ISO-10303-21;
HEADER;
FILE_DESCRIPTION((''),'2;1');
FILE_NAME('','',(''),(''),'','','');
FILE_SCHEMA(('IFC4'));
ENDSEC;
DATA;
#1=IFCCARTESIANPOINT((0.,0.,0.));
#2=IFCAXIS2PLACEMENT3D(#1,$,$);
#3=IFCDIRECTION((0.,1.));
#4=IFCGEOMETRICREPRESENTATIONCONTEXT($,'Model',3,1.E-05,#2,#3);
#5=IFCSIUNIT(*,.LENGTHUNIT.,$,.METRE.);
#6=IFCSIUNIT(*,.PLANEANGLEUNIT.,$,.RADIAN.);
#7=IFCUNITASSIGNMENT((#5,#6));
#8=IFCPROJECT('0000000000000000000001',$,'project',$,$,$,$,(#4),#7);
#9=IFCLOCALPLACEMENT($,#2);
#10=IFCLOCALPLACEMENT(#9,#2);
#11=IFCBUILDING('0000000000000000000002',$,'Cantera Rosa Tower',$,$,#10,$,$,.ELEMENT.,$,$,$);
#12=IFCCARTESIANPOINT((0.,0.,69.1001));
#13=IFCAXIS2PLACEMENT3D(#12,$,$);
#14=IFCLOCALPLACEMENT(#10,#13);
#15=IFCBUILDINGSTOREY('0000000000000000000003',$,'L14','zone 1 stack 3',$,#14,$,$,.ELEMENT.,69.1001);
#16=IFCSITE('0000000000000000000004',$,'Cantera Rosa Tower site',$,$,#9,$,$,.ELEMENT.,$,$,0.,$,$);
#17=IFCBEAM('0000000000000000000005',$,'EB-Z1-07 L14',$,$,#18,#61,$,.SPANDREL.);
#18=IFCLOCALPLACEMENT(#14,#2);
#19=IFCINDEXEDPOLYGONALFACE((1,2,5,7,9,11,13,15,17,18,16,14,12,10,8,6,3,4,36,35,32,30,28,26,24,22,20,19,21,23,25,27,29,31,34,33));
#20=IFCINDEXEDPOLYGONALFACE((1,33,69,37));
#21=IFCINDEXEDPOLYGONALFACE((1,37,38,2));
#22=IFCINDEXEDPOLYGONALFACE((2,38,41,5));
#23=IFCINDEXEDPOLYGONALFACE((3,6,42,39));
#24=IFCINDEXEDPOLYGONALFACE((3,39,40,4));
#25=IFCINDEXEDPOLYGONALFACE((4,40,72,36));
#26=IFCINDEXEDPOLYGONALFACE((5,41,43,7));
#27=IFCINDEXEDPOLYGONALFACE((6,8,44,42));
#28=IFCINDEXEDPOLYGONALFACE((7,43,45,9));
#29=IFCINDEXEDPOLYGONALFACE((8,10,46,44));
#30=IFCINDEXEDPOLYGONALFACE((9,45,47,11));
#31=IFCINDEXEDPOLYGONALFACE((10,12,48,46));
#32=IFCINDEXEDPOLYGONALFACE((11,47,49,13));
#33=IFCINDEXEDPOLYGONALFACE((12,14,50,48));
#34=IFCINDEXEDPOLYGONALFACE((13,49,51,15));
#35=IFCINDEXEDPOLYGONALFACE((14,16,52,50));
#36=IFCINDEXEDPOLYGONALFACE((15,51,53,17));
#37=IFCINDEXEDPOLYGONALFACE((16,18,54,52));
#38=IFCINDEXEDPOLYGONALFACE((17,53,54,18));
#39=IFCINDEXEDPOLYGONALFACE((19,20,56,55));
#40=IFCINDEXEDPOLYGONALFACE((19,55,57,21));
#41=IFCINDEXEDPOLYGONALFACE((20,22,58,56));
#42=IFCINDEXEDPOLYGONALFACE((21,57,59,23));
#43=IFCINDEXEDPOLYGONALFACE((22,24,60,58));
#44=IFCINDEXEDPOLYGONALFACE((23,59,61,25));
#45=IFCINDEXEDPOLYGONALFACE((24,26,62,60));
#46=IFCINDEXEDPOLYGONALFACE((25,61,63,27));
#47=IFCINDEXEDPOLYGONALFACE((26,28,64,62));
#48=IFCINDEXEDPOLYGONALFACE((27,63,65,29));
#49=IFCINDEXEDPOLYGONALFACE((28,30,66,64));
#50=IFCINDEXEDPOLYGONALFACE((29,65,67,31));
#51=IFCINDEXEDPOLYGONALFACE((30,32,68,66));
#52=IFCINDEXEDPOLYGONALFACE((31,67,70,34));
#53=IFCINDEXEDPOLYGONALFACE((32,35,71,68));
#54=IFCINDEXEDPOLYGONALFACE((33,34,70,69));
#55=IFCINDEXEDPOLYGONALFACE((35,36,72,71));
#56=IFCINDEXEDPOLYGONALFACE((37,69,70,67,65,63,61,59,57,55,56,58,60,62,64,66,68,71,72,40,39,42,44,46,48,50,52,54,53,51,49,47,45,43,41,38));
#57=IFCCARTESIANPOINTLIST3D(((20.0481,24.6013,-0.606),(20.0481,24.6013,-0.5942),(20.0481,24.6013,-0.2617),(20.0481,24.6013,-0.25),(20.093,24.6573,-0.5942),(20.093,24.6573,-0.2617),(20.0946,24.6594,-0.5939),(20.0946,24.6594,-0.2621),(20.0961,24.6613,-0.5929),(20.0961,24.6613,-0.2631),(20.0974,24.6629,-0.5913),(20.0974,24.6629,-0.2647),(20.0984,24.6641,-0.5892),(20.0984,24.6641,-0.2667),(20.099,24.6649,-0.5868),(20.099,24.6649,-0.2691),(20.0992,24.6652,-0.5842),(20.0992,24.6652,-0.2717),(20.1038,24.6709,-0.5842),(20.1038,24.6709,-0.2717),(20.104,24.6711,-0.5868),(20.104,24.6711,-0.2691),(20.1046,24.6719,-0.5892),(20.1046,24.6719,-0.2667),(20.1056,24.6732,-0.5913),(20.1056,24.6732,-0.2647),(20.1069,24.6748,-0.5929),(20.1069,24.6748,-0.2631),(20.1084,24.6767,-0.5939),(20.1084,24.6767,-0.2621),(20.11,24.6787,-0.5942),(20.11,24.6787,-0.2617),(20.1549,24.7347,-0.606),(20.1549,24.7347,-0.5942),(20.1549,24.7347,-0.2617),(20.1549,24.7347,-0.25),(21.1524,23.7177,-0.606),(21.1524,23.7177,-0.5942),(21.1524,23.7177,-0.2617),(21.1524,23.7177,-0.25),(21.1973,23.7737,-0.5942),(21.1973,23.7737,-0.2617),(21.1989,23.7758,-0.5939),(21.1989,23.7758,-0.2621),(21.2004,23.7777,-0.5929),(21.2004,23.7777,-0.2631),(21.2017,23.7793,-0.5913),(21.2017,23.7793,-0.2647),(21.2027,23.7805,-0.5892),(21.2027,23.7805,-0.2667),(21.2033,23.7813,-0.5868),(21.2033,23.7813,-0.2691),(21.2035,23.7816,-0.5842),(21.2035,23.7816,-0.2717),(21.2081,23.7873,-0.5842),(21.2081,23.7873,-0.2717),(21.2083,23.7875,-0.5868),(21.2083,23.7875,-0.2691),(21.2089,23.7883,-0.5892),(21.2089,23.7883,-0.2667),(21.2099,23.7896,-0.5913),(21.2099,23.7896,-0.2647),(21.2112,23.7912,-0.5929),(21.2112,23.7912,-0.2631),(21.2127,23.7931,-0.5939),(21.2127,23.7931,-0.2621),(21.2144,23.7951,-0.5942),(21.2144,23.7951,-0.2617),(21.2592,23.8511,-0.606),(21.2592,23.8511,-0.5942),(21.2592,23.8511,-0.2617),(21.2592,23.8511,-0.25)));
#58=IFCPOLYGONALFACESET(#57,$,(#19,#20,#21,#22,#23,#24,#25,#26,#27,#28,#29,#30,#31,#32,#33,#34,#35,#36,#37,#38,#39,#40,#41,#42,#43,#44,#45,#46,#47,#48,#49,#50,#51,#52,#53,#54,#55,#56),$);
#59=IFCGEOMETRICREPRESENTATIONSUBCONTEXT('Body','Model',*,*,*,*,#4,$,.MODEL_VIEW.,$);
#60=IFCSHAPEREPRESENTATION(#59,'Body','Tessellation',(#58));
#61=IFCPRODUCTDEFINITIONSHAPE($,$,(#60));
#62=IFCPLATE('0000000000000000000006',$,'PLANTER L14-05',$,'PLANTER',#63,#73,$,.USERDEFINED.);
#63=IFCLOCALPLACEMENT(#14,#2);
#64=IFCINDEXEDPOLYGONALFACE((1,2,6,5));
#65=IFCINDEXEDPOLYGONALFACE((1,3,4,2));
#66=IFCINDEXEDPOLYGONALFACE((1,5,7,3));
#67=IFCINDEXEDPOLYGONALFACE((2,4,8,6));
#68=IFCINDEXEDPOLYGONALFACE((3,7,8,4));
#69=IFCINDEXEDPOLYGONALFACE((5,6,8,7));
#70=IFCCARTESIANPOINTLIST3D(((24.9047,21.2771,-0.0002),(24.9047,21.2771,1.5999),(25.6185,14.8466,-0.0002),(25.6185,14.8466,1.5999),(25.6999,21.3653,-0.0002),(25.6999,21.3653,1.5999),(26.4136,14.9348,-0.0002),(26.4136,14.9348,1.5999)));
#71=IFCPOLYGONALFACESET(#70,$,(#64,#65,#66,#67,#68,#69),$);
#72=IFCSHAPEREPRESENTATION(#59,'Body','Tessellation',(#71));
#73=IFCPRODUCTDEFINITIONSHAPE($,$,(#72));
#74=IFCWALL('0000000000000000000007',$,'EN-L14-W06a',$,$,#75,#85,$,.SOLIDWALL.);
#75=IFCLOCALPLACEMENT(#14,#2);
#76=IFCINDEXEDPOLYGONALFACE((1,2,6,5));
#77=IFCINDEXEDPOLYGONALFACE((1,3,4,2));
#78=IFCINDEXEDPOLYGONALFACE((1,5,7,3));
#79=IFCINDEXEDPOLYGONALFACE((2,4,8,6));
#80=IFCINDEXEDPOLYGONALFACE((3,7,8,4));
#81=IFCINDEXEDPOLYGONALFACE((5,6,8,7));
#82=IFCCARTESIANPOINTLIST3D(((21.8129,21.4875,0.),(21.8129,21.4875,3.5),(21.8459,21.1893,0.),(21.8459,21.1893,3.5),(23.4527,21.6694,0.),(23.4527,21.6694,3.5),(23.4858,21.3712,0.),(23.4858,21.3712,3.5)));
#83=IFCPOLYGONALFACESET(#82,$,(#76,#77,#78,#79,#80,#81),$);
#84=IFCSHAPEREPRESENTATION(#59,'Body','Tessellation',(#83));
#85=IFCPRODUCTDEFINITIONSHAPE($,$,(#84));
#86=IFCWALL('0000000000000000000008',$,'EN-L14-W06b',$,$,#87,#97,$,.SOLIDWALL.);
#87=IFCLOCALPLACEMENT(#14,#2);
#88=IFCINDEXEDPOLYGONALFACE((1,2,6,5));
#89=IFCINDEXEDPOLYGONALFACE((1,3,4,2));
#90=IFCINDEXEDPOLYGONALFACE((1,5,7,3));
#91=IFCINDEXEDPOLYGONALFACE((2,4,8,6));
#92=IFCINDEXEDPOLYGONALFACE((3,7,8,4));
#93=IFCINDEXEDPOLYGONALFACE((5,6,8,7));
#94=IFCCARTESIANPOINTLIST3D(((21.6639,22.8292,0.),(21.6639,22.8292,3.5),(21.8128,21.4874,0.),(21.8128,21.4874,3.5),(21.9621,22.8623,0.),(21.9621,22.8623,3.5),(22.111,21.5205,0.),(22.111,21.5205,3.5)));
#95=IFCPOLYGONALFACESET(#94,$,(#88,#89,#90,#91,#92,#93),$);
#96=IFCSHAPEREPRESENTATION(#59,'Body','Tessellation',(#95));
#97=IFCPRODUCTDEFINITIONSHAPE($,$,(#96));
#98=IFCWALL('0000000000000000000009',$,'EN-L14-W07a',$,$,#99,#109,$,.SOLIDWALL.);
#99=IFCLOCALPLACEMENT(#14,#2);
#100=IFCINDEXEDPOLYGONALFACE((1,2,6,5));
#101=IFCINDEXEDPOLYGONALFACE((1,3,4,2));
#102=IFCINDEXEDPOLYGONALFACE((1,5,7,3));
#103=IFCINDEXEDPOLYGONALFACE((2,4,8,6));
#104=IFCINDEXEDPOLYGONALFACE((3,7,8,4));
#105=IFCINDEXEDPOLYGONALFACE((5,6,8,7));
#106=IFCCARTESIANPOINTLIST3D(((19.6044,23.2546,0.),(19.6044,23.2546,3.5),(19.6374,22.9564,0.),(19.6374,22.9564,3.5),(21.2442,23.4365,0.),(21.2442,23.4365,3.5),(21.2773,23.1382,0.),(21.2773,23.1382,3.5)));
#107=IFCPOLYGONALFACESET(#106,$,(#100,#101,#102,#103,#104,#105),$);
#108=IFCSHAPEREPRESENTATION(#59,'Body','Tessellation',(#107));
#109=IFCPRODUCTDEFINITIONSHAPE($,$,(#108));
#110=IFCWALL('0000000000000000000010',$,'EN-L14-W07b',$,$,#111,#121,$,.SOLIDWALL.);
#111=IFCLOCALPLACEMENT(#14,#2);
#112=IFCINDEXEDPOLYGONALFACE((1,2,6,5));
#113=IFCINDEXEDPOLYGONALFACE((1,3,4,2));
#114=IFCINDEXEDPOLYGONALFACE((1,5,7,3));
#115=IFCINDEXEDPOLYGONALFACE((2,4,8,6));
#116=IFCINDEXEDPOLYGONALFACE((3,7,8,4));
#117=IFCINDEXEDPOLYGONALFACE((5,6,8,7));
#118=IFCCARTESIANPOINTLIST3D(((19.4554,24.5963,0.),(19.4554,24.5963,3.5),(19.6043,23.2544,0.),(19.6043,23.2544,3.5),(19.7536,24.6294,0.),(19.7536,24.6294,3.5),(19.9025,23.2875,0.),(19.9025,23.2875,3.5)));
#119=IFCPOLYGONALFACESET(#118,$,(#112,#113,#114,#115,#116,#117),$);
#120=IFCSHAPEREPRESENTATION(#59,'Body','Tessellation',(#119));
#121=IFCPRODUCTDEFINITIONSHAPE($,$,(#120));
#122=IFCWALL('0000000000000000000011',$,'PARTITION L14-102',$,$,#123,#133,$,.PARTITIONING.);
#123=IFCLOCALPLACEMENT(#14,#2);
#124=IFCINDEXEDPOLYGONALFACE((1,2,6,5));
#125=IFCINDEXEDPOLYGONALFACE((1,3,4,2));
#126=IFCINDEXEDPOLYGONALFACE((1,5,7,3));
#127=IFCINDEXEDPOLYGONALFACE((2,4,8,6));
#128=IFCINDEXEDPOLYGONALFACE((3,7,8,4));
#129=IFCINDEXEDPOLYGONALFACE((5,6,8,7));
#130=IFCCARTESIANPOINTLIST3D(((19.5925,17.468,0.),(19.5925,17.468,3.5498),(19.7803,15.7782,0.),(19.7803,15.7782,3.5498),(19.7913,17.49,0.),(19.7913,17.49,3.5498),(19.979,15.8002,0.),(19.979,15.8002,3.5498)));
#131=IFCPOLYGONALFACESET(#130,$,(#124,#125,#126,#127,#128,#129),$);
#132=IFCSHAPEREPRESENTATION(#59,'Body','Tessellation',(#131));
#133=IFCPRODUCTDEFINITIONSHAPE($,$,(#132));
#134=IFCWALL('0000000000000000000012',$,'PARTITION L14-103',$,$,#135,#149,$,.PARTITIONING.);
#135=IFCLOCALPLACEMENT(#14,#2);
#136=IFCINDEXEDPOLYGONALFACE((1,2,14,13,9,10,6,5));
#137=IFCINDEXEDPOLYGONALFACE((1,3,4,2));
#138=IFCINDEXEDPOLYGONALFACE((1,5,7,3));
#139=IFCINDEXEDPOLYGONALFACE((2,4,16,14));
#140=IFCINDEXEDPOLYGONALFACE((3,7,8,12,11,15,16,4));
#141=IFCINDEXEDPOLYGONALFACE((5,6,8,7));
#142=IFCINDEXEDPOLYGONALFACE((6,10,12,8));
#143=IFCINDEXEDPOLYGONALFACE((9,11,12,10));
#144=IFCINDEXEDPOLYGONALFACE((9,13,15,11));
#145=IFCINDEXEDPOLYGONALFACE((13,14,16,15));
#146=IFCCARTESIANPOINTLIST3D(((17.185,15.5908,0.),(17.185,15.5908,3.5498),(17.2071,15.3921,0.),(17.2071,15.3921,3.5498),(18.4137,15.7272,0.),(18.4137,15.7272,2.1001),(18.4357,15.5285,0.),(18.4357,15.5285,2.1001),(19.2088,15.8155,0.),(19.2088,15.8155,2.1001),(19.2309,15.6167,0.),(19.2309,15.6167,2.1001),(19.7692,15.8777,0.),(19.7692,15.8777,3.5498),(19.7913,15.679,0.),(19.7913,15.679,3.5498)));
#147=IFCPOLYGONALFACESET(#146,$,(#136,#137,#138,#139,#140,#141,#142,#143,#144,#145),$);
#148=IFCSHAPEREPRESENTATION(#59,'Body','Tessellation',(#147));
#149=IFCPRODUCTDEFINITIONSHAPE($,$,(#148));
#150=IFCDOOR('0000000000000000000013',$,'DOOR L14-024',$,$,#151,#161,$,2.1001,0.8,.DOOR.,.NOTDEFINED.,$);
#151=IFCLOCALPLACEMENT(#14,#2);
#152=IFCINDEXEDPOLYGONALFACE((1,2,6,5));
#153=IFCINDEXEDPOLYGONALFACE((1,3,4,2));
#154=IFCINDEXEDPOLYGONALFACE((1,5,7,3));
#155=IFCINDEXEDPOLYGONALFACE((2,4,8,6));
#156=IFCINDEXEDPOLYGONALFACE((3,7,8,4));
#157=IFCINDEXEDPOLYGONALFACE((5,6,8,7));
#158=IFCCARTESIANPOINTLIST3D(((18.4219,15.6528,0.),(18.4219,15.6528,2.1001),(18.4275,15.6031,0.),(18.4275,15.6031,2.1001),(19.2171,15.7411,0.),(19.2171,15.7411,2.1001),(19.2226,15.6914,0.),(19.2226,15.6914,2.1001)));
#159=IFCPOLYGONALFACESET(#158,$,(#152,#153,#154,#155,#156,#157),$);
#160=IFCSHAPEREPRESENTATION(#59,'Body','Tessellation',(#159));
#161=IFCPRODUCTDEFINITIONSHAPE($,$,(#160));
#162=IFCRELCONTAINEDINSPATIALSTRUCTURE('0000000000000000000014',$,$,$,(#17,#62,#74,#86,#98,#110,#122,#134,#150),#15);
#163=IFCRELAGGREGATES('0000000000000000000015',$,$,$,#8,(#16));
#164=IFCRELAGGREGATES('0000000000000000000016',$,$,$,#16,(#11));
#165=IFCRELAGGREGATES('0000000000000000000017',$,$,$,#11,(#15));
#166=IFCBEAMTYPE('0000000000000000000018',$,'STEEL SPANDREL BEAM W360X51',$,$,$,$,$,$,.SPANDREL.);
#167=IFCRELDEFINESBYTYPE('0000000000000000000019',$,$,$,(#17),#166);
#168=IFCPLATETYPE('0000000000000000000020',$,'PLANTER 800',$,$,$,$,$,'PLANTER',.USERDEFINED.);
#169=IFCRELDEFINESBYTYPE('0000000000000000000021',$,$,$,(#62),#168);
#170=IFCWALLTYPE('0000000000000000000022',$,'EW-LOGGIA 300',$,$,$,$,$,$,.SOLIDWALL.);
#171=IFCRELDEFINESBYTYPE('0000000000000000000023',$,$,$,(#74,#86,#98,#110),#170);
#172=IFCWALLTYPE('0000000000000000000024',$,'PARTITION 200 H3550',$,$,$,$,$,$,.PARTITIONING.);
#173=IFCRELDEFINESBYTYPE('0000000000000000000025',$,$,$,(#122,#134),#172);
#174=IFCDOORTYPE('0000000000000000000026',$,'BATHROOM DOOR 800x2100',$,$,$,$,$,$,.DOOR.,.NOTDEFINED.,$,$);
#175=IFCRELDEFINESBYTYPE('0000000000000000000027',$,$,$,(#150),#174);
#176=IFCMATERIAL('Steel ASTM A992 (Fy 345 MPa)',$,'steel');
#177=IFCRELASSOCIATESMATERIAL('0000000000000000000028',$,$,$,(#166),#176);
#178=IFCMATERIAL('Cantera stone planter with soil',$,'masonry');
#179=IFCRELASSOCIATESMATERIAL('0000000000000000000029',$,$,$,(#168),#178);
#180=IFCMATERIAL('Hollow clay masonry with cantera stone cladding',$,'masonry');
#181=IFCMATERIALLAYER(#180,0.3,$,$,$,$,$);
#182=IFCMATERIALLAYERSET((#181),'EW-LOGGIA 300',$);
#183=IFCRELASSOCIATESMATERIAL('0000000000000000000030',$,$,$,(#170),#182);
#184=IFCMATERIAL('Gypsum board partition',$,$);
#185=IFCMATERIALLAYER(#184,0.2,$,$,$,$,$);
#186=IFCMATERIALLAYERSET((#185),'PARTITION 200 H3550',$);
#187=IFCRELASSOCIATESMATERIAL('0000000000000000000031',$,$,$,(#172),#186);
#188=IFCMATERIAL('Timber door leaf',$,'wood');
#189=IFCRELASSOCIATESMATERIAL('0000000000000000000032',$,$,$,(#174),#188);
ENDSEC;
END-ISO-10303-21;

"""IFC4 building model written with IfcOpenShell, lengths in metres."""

from ifc_helpers import new_model, si_unit, direction, frame, frame_2d, origin, origin_2d, place, context, subcontext, project, spatial, rectangle, i_section, extrude, material, layer, layer_set, material_profile, profile_set, type_object, element, fill, save


model = new_model("IFC4")

# Units and contexts
model_context = context("Model", 3, precision=1e-05, world=origin(), true_north=direction((0.0, 1.0)))
body_context = subcontext(model_context, "Body", "Model", "MODEL_VIEW")
ifc_project = project(units=[si_unit("LENGTHUNIT", "METRE"), si_unit("PLANEANGLEUNIT", "RADIAN")], contexts=[model_context])

# Site, building, storey
site_placement = place(None, origin())
site = spatial("IfcSite", under=ifc_project, at=site_placement, Name="Cantera Rosa Tower site", CompositionType="ELEMENT", RefElevation=0.0)
building_placement = place(site_placement, origin())
building = spatial("IfcBuilding", under=site, at=building_placement, Name="Cantera Rosa Tower", CompositionType="ELEMENT")
storey_placement = place(building_placement, frame((0.0, 0.0, 69.1001)))
storey = spatial("IfcBuildingStorey", under=building, at=storey_placement, Name="L14", Description="zone 1 stack 3", CompositionType="ELEMENT", Elevation=69.1001)

# Beam
ifc_material_1 = material(Name="Steel ASTM A992 (Fy 345 MPa)", Category="steel")
ifc_material_profile_1 = material_profile(ifc_material_1, i_section(OverallWidth=0.1709, OverallDepth=0.356, WebThickness=0.0073, FlangeThickness=0.0117, FilletRadius=0.01, at=origin_2d()), Name="W360X51")
ifc_profile_set_1 = profile_set([ifc_material_profile_1], Name="Steel ASTM A992 (Fy 345 MPa)")
beam_type_1 = type_object("IfcBeamType", Name="STEEL SPANDREL BEAM W360X51", PredefinedType="SPANDREL", material=ifc_profile_set_1)
for number, where, z_axis, x_axis, name in (
    (1, (21.2058, 23.7844, -0.428), (-0.780818, 0.624758, 0.0), (-0.624758, -0.780818, 0.0), "EB-Z1-07 L14"),
):
    element("IfcBeam", number, at=place(storey_placement, frame(where, z_axis=z_axis, x_axis=x_axis)), inside=storey, type_object=beam_type_1, Name=name, PredefinedType="SPANDREL", context=body_context, shape_type="SweptSolid", body=[
        extrude(i_section(OverallWidth=0.1709, OverallDepth=0.356, WebThickness=0.0073, FlangeThickness=0.0117, FilletRadius=0.01, at=origin_2d()), origin(), (0.0, 0.0, 1.0), 1.4143),
    ])

# Plate
ifc_material_2 = material(Name="Cantera stone planter with soil", Category="masonry")
plate_type = type_object("IfcPlateType", Name="PLANTER 800", ElementType="PLANTER", PredefinedType="USERDEFINED", material=ifc_material_2)
plate_placement = place(storey_placement, frame((25.6592, 18.106, -0.0002), z_axis=(0.0, 0.0, 1.0), x_axis=(-0.110313, 0.993897, 0.0)))
element("IfcPlate", 2, at=plate_placement, inside=storey, type_object=plate_type, Name="PLANTER L14-05", ObjectType="PLANTER", PredefinedType="USERDEFINED", context=body_context, shape_type="SweptSolid", body=[
    extrude(rectangle(XDim=6.47, YDim=0.8, at=origin_2d()), origin(), (0.0, 0.0, 1.0), 1.6001),
])

# Walls
ifc_material_3 = material(Name="Hollow clay masonry with cantera stone cladding", Category="masonry")
ifc_layer_1 = layer(ifc_material_3, 0.3)
ifc_layer_set_1 = layer_set([ifc_layer_1], Name="EW-LOGGIA 300")
wall_type_1 = type_object("IfcWallType", Name="EW-LOGGIA 300", PredefinedType="SOLIDWALL", material=ifc_layer_set_1)
wall_1_placement = place(storey_placement, frame((23.4692, 21.5203, 0.0), z_axis=(0.0, 0.0, 1.0), x_axis=(-0.993905, -0.110237, 0.0)))
element("IfcWall", 3, at=wall_1_placement, inside=storey, type_object=wall_type_1, Name="EN-L14-W06a", PredefinedType="SOLIDWALL", context=body_context, shape_type="SweptSolid", body=[
    extrude(rectangle(XDim=1.6499, YDim=0.3, at=frame_2d((0.825, 0.0))), origin(), (0.0, 0.0, 1.0), 3.5),
])
wall_2_placement = place(storey_placement, frame((21.9619, 21.5039, 0.0), z_axis=(0.0, 0.0, 1.0), x_axis=(-0.110312, 0.993897, 0.0)))
element("IfcWall", 4, at=wall_2_placement, inside=storey, type_object=wall_type_1, Name="EN-L14-W06b", PredefinedType="SOLIDWALL", context=body_context, shape_type="SweptSolid", body=[
    extrude(rectangle(XDim=1.3501, YDim=0.3, at=frame_2d((0.675, 0.0))), origin(), (0.0, 0.0, 1.0), 3.5),
])
wall_3_placement = place(storey_placement, frame((21.2607, 23.2874, 0.0), z_axis=(0.0, 0.0, 1.0), x_axis=(-0.993905, -0.110237, 0.0)))
element("IfcWall", 5, at=wall_3_placement, inside=storey, type_object=wall_type_1, Name="EN-L14-W07a", PredefinedType="SOLIDWALL", context=body_context, shape_type="SweptSolid", body=[
    extrude(rectangle(XDim=1.6499, YDim=0.3, at=frame_2d((0.825, 0.0))), origin(), (0.0, 0.0, 1.0), 3.5),
])
wall_4_placement = place(storey_placement, frame((19.7534, 23.271, 0.0), z_axis=(0.0, 0.0, 1.0), x_axis=(-0.110312, 0.993897, 0.0)))
element("IfcWall", 6, at=wall_4_placement, inside=storey, type_object=wall_type_1, Name="EN-L14-W07b", PredefinedType="SOLIDWALL", context=body_context, shape_type="SweptSolid", body=[
    extrude(rectangle(XDim=1.3501, YDim=0.3, at=frame_2d((0.675, 0.0))), origin(), (0.0, 0.0, 1.0), 3.5),
])
ifc_material_4 = material(Name="Gypsum board partition")
ifc_layer_2 = layer(ifc_material_4, 0.2)
ifc_layer_set_2 = layer_set([ifc_layer_2], Name="PARTITION 200 H3550")
wall_type_2 = type_object("IfcWallType", Name="PARTITION 200 H3550", PredefinedType="PARTITIONING", material=ifc_layer_set_2)
wall_5_placement = place(storey_placement, frame((19.6919, 17.479, 0.0), z_axis=(0.0, 0.0, 1.0), x_axis=(0.110432, -0.993884, 0.0)))
element("IfcWall", 7, at=wall_5_placement, inside=storey, type_object=wall_type_2, Name="PARTITION L14-102", PredefinedType="PARTITIONING", context=body_context, shape_type="SweptSolid", body=[
    extrude(rectangle(XDim=1.7002, YDim=0.2, at=frame_2d((0.8501, 0.0))), origin(), (0.0, 0.0, 1.0), 3.5498),
])

# Wall, opening, door
wall_6_placement = place(storey_placement, frame((19.7803, 15.7783, 0.0), z_axis=(0.0, 0.0, 1.0), x_axis=(-0.993895, -0.110328, 0.0)))
wall_6 = element("IfcWall", 8, at=wall_6_placement, inside=storey, type_object=wall_type_2, Name="PARTITION L14-103", PredefinedType="PARTITIONING", context=body_context, shape_type="SweptSolid", body=[
    extrude(rectangle(XDim=2.6001, YDim=0.2, at=frame_2d((1.3, 0.0))), origin(), (0.0, 0.0, 1.0), 3.5498),
])
opening_placement = place(wall_6_placement, frame((0.564, 0.0, 0.0)))
opening = element("IfcOpeningElement", 9, at=opening_placement, cuts=wall_6, PredefinedType="OPENING", context=body_context, shape_type="SweptSolid", body=[
    extrude(rectangle(XDim=0.8, YDim=2.1001, at=frame_2d((0.3999, 1.05))), frame((0.0, 0.1099, 0.0), z_axis=(0.0, -1.0, 0.0), x_axis=(1.0, 0.0, 0.0)), (0.0, 0.0, 1.0), 0.22),
])
ifc_material_5 = material(Name="Timber door leaf", Category="wood")
door_type = type_object("IfcDoorType", Name="BATHROOM DOOR 800x2100", OperationType="NOTDEFINED", PredefinedType="DOOR", material=ifc_material_5)
door_placement = place(opening_placement, origin())
door = element("IfcDoor", 10, at=door_placement, inside=storey, type_object=door_type, Name="DOOR L14-024", OperationType="NOTDEFINED", OverallHeight=2.1001, OverallWidth=0.8, PredefinedType="DOOR", context=body_context, shape_type="SweptSolid", body=[
    extrude(rectangle(XDim=0.8, YDim=2.1001, at=frame_2d((0.3999, 1.05))), frame((0.0, 0.0249, 0.0), z_axis=(0.0, -1.0, 0.0), x_axis=(1.0, 0.0, 0.0)), (0.0, 0.0, 1.0), 0.05),
])
fill(opening, door)

save(model, "model.ifc")
